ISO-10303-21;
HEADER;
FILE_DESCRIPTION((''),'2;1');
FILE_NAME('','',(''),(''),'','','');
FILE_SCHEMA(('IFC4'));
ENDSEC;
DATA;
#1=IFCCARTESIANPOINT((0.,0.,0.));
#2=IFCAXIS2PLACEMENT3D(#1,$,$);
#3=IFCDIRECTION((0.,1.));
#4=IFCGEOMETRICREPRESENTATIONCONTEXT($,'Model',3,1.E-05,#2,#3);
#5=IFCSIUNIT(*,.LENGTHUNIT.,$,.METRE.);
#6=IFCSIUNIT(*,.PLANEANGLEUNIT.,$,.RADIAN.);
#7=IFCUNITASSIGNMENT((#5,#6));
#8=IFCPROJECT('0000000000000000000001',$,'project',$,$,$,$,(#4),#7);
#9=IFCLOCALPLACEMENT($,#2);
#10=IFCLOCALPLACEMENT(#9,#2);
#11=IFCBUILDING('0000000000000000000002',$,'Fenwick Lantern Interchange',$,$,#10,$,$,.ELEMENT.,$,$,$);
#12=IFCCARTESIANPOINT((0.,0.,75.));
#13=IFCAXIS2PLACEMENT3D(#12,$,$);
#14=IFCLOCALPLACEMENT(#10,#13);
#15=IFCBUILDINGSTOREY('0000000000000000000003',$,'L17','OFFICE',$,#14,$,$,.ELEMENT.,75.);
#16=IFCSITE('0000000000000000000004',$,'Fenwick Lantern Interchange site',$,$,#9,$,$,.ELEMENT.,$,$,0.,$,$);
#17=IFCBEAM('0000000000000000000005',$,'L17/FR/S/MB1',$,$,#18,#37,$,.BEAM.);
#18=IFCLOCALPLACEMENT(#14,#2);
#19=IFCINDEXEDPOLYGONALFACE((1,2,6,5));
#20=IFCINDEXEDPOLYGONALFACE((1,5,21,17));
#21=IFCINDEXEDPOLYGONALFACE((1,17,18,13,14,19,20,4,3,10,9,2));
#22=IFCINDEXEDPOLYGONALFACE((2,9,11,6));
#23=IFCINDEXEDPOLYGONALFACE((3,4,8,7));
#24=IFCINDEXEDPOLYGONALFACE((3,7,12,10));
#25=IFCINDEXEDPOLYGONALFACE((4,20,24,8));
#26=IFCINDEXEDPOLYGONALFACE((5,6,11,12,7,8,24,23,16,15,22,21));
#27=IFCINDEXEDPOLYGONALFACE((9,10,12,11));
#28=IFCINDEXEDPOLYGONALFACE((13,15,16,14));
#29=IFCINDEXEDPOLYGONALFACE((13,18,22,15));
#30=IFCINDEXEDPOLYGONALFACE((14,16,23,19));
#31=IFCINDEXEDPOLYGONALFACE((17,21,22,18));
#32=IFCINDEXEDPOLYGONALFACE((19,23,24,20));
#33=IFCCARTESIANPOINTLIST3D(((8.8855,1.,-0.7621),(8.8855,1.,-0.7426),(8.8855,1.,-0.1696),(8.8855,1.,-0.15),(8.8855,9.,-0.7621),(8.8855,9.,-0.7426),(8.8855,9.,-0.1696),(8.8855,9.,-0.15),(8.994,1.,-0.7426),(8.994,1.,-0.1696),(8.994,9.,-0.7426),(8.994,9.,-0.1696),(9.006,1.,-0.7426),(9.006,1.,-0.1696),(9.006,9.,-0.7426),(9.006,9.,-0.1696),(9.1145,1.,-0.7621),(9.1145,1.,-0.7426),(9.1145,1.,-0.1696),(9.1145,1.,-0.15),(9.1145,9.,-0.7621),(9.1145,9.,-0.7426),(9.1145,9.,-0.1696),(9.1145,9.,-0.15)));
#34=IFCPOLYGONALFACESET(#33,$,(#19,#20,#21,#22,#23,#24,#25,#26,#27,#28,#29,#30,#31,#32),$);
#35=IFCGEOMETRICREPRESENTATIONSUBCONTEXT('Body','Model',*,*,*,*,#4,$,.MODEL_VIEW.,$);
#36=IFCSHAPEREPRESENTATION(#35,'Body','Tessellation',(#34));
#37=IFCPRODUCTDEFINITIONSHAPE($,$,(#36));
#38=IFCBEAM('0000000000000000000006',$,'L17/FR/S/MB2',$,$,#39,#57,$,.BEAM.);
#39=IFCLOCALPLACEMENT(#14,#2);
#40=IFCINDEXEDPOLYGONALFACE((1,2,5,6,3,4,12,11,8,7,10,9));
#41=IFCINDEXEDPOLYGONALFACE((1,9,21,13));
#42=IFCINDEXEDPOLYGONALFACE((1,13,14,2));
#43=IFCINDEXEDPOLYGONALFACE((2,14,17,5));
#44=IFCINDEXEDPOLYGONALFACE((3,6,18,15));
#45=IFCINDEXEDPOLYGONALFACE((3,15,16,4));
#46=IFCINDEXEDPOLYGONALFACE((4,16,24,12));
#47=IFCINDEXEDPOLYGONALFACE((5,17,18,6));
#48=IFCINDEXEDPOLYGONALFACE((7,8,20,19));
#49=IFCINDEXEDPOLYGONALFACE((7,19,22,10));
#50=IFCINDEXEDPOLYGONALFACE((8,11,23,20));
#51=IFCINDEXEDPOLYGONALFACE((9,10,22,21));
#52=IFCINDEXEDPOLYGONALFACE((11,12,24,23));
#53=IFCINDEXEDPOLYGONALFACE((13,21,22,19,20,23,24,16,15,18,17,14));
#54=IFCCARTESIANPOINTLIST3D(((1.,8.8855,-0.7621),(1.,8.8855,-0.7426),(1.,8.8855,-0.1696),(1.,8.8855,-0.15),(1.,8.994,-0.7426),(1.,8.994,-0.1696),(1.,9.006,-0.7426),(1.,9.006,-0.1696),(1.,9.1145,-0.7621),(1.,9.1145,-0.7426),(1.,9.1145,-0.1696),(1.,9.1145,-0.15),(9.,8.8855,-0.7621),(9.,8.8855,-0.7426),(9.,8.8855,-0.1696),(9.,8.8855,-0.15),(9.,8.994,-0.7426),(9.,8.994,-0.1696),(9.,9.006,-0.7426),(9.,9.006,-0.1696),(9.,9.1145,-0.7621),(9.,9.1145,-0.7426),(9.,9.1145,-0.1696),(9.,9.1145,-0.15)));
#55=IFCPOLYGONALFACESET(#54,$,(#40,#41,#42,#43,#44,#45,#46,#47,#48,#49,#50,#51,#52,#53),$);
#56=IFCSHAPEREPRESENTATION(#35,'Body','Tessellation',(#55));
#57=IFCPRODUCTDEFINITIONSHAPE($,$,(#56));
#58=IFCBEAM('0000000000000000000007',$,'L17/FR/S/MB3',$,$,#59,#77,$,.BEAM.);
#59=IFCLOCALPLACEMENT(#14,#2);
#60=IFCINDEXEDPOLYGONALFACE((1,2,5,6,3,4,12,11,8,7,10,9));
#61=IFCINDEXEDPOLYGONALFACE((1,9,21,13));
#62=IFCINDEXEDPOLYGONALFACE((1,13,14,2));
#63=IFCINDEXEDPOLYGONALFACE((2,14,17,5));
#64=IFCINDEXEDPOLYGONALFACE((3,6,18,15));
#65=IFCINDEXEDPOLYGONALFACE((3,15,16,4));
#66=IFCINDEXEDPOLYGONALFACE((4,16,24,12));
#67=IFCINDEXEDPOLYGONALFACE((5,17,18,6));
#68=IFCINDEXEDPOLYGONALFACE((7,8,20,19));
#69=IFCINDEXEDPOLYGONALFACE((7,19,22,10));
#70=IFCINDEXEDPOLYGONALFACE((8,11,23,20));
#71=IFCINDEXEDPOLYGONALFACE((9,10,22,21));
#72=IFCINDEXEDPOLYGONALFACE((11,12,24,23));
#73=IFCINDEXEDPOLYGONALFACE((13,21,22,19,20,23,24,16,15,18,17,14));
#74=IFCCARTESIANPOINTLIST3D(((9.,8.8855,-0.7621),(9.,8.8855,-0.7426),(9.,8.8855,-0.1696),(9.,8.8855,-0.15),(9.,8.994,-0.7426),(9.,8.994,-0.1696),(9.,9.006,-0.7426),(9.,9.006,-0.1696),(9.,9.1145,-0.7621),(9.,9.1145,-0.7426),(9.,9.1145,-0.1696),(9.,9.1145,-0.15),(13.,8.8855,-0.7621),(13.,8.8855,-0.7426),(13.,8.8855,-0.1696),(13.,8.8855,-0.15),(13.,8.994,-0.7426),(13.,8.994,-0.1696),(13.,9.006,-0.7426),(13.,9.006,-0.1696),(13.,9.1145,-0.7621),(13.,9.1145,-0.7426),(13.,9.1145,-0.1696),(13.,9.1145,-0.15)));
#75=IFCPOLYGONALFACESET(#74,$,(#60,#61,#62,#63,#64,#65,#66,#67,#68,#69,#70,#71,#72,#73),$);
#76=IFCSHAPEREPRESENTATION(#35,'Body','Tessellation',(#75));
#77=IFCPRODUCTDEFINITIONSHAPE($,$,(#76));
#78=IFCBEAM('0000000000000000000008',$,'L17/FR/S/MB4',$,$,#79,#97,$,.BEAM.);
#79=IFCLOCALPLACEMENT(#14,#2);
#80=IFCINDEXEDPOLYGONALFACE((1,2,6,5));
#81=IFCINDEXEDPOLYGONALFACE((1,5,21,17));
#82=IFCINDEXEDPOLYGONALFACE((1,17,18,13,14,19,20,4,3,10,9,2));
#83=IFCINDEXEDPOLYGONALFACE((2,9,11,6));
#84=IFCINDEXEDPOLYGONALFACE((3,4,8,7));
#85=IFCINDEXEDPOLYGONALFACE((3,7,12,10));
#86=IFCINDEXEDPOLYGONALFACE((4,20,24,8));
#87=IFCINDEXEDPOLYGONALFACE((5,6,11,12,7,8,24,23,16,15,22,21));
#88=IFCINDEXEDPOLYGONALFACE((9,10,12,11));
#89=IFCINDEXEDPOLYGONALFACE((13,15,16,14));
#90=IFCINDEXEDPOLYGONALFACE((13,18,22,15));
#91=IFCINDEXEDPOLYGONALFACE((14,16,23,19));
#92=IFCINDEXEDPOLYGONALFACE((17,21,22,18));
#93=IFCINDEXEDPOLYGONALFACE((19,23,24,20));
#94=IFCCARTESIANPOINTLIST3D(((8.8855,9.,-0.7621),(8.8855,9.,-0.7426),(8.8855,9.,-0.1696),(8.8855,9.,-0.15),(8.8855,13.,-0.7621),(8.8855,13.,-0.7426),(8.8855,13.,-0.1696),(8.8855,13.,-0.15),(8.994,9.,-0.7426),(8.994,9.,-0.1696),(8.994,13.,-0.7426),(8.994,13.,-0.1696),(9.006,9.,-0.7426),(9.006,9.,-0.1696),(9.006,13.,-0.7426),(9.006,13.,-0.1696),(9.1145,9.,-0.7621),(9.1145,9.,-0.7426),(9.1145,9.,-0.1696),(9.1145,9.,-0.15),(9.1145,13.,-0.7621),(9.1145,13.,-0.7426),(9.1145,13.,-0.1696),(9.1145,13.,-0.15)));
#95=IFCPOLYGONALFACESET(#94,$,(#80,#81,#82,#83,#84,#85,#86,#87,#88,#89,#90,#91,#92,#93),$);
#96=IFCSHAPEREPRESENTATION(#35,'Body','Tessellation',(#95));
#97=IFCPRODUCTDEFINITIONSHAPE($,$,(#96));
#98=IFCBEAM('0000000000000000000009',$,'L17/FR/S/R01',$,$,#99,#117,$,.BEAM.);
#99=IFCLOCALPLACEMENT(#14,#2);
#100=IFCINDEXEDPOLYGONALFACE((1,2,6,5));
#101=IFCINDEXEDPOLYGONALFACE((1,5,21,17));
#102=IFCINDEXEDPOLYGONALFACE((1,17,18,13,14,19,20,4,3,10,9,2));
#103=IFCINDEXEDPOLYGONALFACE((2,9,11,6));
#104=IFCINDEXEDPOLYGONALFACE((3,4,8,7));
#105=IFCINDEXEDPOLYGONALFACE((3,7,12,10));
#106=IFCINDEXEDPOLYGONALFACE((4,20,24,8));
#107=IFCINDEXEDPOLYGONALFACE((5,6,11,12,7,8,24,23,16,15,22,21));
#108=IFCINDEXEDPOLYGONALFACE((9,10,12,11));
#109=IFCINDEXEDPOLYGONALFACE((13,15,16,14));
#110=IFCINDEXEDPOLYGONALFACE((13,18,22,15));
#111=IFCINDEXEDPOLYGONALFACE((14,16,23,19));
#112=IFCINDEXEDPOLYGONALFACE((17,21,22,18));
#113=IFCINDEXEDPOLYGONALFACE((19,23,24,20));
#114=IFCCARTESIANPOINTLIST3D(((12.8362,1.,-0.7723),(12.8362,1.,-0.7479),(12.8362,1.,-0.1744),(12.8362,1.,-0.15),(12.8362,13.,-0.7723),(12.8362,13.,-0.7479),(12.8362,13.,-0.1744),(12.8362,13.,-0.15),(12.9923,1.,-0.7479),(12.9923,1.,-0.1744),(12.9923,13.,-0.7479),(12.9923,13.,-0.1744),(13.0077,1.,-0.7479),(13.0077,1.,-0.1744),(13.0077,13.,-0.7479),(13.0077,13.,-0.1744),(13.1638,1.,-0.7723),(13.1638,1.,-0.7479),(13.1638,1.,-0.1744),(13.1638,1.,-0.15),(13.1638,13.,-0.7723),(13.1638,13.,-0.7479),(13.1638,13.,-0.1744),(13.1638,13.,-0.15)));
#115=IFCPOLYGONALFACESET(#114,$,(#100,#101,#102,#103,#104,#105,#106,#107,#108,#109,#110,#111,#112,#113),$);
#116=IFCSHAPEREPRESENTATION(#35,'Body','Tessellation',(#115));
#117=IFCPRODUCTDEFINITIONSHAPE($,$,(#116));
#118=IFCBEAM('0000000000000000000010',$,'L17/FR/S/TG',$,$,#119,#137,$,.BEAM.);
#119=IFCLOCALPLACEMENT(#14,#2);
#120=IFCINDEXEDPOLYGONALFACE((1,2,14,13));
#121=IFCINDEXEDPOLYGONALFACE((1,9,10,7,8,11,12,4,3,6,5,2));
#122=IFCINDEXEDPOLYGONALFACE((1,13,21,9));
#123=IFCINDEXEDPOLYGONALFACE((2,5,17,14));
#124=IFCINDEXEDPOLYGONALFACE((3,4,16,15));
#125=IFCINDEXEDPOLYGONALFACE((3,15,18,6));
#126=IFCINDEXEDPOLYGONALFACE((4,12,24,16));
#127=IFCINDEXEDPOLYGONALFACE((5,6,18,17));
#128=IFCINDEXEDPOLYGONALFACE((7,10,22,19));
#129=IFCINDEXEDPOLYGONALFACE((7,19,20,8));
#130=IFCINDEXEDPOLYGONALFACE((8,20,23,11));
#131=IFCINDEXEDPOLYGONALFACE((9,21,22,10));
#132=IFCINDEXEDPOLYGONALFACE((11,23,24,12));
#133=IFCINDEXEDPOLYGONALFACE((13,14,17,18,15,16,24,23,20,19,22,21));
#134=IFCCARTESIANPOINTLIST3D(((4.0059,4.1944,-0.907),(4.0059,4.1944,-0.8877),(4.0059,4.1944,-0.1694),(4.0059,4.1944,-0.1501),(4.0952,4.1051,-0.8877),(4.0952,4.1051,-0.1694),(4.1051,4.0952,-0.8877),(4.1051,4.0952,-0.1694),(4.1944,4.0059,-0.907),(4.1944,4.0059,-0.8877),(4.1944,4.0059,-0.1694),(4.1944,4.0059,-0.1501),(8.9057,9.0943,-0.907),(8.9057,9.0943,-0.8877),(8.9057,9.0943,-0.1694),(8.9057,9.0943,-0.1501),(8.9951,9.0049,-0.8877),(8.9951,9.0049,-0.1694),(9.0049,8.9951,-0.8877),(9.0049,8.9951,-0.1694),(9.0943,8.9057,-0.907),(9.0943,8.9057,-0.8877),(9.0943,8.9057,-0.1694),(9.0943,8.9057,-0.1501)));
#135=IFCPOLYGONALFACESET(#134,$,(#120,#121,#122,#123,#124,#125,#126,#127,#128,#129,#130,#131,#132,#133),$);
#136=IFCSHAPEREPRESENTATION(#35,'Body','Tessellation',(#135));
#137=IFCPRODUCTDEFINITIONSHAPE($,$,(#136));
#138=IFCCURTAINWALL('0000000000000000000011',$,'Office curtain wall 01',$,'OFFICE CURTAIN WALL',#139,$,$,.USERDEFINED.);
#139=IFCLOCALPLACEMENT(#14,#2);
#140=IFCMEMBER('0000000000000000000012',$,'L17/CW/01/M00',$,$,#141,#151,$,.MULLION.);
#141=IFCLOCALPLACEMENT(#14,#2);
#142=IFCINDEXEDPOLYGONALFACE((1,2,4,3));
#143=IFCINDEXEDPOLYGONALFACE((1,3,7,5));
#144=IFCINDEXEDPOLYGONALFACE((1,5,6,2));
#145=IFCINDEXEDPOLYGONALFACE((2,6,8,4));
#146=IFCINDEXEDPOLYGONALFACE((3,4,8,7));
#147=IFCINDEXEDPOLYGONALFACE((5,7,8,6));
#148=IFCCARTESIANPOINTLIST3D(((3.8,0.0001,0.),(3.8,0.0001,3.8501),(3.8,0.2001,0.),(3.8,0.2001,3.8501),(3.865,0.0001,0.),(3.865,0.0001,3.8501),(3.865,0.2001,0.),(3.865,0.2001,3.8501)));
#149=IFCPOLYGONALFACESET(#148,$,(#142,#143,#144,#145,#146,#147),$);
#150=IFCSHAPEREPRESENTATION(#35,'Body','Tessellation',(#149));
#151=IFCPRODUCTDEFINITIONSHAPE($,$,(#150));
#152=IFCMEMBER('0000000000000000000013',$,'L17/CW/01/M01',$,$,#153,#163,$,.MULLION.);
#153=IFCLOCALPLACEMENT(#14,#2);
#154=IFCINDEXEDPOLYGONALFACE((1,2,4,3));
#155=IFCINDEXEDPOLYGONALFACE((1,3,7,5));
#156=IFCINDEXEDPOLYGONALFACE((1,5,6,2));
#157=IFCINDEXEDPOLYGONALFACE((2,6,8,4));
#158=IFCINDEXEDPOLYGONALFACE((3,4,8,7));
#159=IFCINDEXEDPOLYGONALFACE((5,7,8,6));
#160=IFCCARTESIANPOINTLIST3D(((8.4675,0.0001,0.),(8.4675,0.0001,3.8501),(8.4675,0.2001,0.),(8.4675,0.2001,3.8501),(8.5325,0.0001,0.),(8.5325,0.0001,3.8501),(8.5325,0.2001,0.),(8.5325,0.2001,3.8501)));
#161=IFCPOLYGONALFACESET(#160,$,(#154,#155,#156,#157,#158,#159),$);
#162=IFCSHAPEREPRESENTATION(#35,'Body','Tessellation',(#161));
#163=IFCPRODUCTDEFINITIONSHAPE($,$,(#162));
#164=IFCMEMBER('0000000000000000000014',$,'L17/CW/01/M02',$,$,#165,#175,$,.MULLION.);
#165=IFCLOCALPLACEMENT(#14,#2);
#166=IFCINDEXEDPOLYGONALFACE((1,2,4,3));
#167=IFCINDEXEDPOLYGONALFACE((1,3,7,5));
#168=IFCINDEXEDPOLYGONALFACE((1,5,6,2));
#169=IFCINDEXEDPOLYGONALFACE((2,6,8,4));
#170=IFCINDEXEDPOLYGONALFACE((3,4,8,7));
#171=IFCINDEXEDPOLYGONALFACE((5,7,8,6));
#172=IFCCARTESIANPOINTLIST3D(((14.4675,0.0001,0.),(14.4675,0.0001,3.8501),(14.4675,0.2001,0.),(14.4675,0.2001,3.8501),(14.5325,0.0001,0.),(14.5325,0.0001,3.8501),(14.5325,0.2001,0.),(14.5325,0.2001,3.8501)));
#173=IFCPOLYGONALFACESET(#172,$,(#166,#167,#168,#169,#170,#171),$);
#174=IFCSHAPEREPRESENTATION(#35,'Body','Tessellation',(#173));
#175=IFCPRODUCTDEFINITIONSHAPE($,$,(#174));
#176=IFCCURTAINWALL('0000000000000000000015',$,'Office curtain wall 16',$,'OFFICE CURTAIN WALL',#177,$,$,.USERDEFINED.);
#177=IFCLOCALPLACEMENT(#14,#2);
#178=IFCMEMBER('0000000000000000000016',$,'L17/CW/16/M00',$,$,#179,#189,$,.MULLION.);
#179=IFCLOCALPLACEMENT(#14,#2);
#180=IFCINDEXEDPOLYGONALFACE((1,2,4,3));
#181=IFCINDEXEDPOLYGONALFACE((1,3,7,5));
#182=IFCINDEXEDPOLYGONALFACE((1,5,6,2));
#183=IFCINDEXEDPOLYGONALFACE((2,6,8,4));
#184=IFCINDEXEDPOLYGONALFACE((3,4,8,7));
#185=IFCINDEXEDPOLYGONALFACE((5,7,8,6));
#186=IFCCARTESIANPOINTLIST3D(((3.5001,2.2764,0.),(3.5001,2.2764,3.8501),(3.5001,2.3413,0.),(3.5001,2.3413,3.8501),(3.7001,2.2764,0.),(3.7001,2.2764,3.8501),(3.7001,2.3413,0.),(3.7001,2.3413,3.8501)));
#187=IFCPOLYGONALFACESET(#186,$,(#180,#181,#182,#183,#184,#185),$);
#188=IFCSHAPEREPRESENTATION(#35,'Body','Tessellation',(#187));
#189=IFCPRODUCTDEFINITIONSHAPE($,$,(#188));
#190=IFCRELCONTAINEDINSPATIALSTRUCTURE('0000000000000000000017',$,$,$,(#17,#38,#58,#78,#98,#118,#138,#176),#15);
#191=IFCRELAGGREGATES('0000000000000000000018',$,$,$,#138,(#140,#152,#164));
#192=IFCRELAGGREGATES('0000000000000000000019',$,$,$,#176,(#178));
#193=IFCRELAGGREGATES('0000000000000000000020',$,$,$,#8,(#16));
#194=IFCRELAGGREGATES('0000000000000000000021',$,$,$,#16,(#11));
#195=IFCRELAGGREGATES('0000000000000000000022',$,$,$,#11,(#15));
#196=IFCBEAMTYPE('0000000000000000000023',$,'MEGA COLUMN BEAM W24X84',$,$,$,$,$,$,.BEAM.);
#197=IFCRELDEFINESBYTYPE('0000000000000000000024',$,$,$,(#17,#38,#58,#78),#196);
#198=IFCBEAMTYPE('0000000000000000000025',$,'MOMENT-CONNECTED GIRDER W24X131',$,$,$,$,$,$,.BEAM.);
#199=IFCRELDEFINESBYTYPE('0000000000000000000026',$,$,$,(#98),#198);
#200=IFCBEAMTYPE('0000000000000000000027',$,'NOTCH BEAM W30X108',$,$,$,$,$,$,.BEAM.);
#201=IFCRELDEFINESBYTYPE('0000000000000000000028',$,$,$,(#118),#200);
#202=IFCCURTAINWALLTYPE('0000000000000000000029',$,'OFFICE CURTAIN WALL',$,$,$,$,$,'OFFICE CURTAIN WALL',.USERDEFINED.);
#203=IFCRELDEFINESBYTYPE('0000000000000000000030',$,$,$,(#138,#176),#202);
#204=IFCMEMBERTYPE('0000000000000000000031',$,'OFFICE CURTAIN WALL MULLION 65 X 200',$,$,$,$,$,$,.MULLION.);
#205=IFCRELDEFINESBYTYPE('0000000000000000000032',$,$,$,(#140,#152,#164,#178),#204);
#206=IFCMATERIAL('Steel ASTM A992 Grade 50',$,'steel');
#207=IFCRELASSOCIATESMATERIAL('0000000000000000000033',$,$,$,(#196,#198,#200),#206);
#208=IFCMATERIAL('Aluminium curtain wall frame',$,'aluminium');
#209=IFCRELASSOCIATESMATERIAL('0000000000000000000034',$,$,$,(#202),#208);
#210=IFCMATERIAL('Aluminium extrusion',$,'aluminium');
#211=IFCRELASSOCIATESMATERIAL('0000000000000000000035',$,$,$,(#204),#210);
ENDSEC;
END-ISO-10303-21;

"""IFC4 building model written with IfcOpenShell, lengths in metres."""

from ifc_helpers import new_model, si_unit, direction, frame, origin, origin_2d, place, context, subcontext, project, spatial, rectangle, i_section, extrude, material, material_profile, profile_set, type_object, element, aggregate, save


model = new_model("IFC4")

# Units and contexts
model_context = context("Model", 3, precision=1e-05, world=origin(), true_north=direction((0.0, 1.0)))
body_context = subcontext(model_context, "Body", "Model", "MODEL_VIEW")
ifc_project = project(units=[si_unit("LENGTHUNIT", "METRE"), si_unit("PLANEANGLEUNIT", "RADIAN")], contexts=[model_context])

# Site, building, storey
site_placement = place(None, origin())
site = spatial("IfcSite", under=ifc_project, at=site_placement, Name="Fenwick Lantern Interchange site", CompositionType="ELEMENT", RefElevation=0.0)
building_placement = place(site_placement, origin())
building = spatial("IfcBuilding", under=site, at=building_placement, Name="Fenwick Lantern Interchange", CompositionType="ELEMENT")
storey_placement = place(building_placement, frame((0.0, 0.0, 75.0)))
storey = spatial("IfcBuildingStorey", under=building, at=storey_placement, Name="L17", Description="OFFICE", CompositionType="ELEMENT", Elevation=75.0)

# Beams
ifc_material_1 = material(Name="Steel ASTM A992 Grade 50", Category="steel")
ifc_material_profile_1 = material_profile(ifc_material_1, i_section(OverallWidth=0.229, OverallDepth=0.6121, WebThickness=0.012, FlangeThickness=0.0195, at=origin_2d()), Name="W24X84")
ifc_profile_set_1 = profile_set([ifc_material_profile_1], Name="Steel ASTM A992 Grade 50")
beam_type_1 = type_object("IfcBeamType", Name="MEGA COLUMN BEAM W24X84", PredefinedType="BEAM", material=ifc_profile_set_1)
for number, where, z_axis, x_axis, name in (
    (1, (9.0, 9.0, -0.4561), (0.0, -1.0, 0.0), (1.0, 0.0, 0.0), "L17/FR/S/MB1"),
    (2, (9.0, 9.0, -0.4561), (-1.0, 0.0, 0.0), (0.0, -1.0, 0.0), "L17/FR/S/MB2"),
):
    element("IfcBeam", number, at=place(storey_placement, frame(where, z_axis=z_axis, x_axis=x_axis)), inside=storey, type_object=beam_type_1, Name=name, PredefinedType="BEAM", context=body_context, shape_type="SweptSolid", body=[
        extrude(i_section(OverallWidth=0.229, OverallDepth=0.6121, WebThickness=0.012, FlangeThickness=0.0195, at=origin_2d()), origin(), (0.0, 0.0, 1.0), 8.0),
    ])
for number, where, z_axis, x_axis, name in (
    (3, (9.0, 9.0, -0.4561), (1.0, 0.0, 0.0), (0.0, 1.0, 0.0), "L17/FR/S/MB3"),
    (4, (9.0, 9.0, -0.4561), (0.0, 1.0, 0.0), (-1.0, 0.0, 0.0), "L17/FR/S/MB4"),
):
    element("IfcBeam", number, at=place(storey_placement, frame(where, z_axis=z_axis, x_axis=x_axis)), inside=storey, type_object=beam_type_1, Name=name, PredefinedType="BEAM", context=body_context, shape_type="SweptSolid", body=[
        extrude(i_section(OverallWidth=0.229, OverallDepth=0.6121, WebThickness=0.012, FlangeThickness=0.0195, at=origin_2d()), origin(), (0.0, 0.0, 1.0), 4.0),
    ])
ifc_material_profile_2 = material_profile(ifc_material_1, i_section(OverallWidth=0.3276, OverallDepth=0.6223, WebThickness=0.0154, FlangeThickness=0.0244, at=origin_2d()), Name="W24X131")
ifc_profile_set_2 = profile_set([ifc_material_profile_2], Name="Steel ASTM A992 Grade 50")
beam_type_2 = type_object("IfcBeamType", Name="MOMENT-CONNECTED GIRDER W24X131", PredefinedType="BEAM", material=ifc_profile_set_2)
beam_1_placement = place(storey_placement, frame((13.0, 1.0, -0.4612), z_axis=(0.0, 1.0, 0.0), x_axis=(-1.0, 0.0, 0.0)))
element("IfcBeam", 5, at=beam_1_placement, inside=storey, type_object=beam_type_2, Name="L17/FR/S/R01", PredefinedType="BEAM", context=body_context, shape_type="SweptSolid", body=[
    extrude(i_section(OverallWidth=0.3276, OverallDepth=0.6223, WebThickness=0.0154, FlangeThickness=0.0244, at=origin_2d()), origin(), (0.0, 0.0, 1.0), 12.0),
])
ifc_material_profile_3 = material_profile(ifc_material_1, i_section(OverallWidth=0.2666, OverallDepth=0.7568, WebThickness=0.0139, FlangeThickness=0.0193, at=origin_2d()), Name="W30X108")
ifc_profile_set_3 = profile_set([ifc_material_profile_3], Name="Steel ASTM A992 Grade 50")
beam_type_3 = type_object("IfcBeamType", Name="NOTCH BEAM W30X108", PredefinedType="BEAM", material=ifc_profile_set_3)
beam_2_placement = place(storey_placement, frame((9.0, 9.0, -0.5286), z_axis=(-0.707107, -0.707107, 0.0), x_axis=(0.707107, -0.707107, 0.0)))
element("IfcBeam", 6, at=beam_2_placement, inside=storey, type_object=beam_type_3, Name="L17/FR/S/TG", PredefinedType="BEAM", context=body_context, shape_type="SweptSolid", body=[
    extrude(i_section(OverallWidth=0.2666, OverallDepth=0.7568, WebThickness=0.0139, FlangeThickness=0.0193, at=origin_2d()), origin(), (0.0, 0.0, 1.0), 6.9294),
])

# Curtain walls, members
ifc_material_2 = material(Name="Aluminium curtain wall frame", Category="aluminium")
curtain_wall_type = type_object("IfcCurtainWallType", Name="OFFICE CURTAIN WALL", ElementType="OFFICE CURTAIN WALL", PredefinedType="USERDEFINED", material=ifc_material_2)
curtain_wall_1_placement = place(storey_placement, origin())
curtain_wall_1 = element("IfcCurtainWall", 7, at=curtain_wall_1_placement, inside=storey, type_object=curtain_wall_type, Name="Office curtain wall 01", ObjectType="OFFICE CURTAIN WALL", PredefinedType="USERDEFINED")
ifc_material_3 = material(Name="Aluminium extrusion", Category="aluminium")
ifc_material_profile_4 = material_profile(ifc_material_3, rectangle(XDim=0.2, YDim=0.0649, at=origin_2d()), Name="OFFICE CURTAIN WALL MULLION 65 X 200")
ifc_profile_set_4 = profile_set([ifc_material_profile_4], Name="Aluminium extrusion")
member_type_1 = type_object("IfcMemberType", Name="OFFICE CURTAIN WALL MULLION 65 X 200", PredefinedType="MULLION", material=ifc_profile_set_4)
member_1_placement = place(storey_placement, frame((3.8325, 0.1001, 0.0), z_axis=(0.0, 0.0, 1.0), x_axis=(0.0, 1.0, 0.0)))
member_1 = element("IfcMember", 8, at=member_1_placement, type_object=member_type_1, Name="L17/CW/01/M00", PredefinedType="MULLION", context=body_context, shape_type="SweptSolid", body=[
    extrude(rectangle(XDim=0.2, YDim=0.0649, at=origin_2d()), origin(), (0.0, 0.0, 1.0), 3.8501),
])
member_2_placement = place(storey_placement, frame((8.5, 0.1001, 0.0), z_axis=(0.0, 0.0, 1.0), x_axis=(0.0, 1.0, 0.0)))
member_2 = element("IfcMember", 9, at=member_2_placement, type_object=member_type_1, Name="L17/CW/01/M01", PredefinedType="MULLION", context=body_context, shape_type="SweptSolid", body=[
    extrude(rectangle(XDim=0.2, YDim=0.0649, at=origin_2d()), origin(), (0.0, 0.0, 1.0), 3.8501),
])
member_3_placement = place(storey_placement, frame((14.5, 0.1001, 0.0), z_axis=(0.0, 0.0, 1.0), x_axis=(0.0, 1.0, 0.0)))
member_3 = element("IfcMember", 10, at=member_3_placement, type_object=member_type_1, Name="L17/CW/01/M02", PredefinedType="MULLION", context=body_context, shape_type="SweptSolid", body=[
    extrude(rectangle(XDim=0.2, YDim=0.0649, at=origin_2d()), origin(), (0.0, 0.0, 1.0), 3.8501),
])
curtain_wall_2_placement = place(storey_placement, origin())
curtain_wall_2 = element("IfcCurtainWall", 11, at=curtain_wall_2_placement, inside=storey, type_object=curtain_wall_type, Name="Office curtain wall 16", ObjectType="OFFICE CURTAIN WALL", PredefinedType="USERDEFINED")
member_4_placement = place(storey_placement, frame((3.6001, 2.3088, 0.0), z_axis=(0.0, 0.0, 1.0), x_axis=(1.0, 0.0, 0.0)))
member_4 = element("IfcMember", 12, at=member_4_placement, type_object=member_type_1, Name="L17/CW/16/M00", PredefinedType="MULLION", context=body_context, shape_type="SweptSolid", body=[
    extrude(rectangle(XDim=0.2, YDim=0.0649, at=origin_2d()), origin(), (0.0, 0.0, 1.0), 3.8501),
])

aggregate(curtain_wall_1, [member_1, member_2, member_3])

aggregate(curtain_wall_2, [member_4])

save(model, "model.ifc")
